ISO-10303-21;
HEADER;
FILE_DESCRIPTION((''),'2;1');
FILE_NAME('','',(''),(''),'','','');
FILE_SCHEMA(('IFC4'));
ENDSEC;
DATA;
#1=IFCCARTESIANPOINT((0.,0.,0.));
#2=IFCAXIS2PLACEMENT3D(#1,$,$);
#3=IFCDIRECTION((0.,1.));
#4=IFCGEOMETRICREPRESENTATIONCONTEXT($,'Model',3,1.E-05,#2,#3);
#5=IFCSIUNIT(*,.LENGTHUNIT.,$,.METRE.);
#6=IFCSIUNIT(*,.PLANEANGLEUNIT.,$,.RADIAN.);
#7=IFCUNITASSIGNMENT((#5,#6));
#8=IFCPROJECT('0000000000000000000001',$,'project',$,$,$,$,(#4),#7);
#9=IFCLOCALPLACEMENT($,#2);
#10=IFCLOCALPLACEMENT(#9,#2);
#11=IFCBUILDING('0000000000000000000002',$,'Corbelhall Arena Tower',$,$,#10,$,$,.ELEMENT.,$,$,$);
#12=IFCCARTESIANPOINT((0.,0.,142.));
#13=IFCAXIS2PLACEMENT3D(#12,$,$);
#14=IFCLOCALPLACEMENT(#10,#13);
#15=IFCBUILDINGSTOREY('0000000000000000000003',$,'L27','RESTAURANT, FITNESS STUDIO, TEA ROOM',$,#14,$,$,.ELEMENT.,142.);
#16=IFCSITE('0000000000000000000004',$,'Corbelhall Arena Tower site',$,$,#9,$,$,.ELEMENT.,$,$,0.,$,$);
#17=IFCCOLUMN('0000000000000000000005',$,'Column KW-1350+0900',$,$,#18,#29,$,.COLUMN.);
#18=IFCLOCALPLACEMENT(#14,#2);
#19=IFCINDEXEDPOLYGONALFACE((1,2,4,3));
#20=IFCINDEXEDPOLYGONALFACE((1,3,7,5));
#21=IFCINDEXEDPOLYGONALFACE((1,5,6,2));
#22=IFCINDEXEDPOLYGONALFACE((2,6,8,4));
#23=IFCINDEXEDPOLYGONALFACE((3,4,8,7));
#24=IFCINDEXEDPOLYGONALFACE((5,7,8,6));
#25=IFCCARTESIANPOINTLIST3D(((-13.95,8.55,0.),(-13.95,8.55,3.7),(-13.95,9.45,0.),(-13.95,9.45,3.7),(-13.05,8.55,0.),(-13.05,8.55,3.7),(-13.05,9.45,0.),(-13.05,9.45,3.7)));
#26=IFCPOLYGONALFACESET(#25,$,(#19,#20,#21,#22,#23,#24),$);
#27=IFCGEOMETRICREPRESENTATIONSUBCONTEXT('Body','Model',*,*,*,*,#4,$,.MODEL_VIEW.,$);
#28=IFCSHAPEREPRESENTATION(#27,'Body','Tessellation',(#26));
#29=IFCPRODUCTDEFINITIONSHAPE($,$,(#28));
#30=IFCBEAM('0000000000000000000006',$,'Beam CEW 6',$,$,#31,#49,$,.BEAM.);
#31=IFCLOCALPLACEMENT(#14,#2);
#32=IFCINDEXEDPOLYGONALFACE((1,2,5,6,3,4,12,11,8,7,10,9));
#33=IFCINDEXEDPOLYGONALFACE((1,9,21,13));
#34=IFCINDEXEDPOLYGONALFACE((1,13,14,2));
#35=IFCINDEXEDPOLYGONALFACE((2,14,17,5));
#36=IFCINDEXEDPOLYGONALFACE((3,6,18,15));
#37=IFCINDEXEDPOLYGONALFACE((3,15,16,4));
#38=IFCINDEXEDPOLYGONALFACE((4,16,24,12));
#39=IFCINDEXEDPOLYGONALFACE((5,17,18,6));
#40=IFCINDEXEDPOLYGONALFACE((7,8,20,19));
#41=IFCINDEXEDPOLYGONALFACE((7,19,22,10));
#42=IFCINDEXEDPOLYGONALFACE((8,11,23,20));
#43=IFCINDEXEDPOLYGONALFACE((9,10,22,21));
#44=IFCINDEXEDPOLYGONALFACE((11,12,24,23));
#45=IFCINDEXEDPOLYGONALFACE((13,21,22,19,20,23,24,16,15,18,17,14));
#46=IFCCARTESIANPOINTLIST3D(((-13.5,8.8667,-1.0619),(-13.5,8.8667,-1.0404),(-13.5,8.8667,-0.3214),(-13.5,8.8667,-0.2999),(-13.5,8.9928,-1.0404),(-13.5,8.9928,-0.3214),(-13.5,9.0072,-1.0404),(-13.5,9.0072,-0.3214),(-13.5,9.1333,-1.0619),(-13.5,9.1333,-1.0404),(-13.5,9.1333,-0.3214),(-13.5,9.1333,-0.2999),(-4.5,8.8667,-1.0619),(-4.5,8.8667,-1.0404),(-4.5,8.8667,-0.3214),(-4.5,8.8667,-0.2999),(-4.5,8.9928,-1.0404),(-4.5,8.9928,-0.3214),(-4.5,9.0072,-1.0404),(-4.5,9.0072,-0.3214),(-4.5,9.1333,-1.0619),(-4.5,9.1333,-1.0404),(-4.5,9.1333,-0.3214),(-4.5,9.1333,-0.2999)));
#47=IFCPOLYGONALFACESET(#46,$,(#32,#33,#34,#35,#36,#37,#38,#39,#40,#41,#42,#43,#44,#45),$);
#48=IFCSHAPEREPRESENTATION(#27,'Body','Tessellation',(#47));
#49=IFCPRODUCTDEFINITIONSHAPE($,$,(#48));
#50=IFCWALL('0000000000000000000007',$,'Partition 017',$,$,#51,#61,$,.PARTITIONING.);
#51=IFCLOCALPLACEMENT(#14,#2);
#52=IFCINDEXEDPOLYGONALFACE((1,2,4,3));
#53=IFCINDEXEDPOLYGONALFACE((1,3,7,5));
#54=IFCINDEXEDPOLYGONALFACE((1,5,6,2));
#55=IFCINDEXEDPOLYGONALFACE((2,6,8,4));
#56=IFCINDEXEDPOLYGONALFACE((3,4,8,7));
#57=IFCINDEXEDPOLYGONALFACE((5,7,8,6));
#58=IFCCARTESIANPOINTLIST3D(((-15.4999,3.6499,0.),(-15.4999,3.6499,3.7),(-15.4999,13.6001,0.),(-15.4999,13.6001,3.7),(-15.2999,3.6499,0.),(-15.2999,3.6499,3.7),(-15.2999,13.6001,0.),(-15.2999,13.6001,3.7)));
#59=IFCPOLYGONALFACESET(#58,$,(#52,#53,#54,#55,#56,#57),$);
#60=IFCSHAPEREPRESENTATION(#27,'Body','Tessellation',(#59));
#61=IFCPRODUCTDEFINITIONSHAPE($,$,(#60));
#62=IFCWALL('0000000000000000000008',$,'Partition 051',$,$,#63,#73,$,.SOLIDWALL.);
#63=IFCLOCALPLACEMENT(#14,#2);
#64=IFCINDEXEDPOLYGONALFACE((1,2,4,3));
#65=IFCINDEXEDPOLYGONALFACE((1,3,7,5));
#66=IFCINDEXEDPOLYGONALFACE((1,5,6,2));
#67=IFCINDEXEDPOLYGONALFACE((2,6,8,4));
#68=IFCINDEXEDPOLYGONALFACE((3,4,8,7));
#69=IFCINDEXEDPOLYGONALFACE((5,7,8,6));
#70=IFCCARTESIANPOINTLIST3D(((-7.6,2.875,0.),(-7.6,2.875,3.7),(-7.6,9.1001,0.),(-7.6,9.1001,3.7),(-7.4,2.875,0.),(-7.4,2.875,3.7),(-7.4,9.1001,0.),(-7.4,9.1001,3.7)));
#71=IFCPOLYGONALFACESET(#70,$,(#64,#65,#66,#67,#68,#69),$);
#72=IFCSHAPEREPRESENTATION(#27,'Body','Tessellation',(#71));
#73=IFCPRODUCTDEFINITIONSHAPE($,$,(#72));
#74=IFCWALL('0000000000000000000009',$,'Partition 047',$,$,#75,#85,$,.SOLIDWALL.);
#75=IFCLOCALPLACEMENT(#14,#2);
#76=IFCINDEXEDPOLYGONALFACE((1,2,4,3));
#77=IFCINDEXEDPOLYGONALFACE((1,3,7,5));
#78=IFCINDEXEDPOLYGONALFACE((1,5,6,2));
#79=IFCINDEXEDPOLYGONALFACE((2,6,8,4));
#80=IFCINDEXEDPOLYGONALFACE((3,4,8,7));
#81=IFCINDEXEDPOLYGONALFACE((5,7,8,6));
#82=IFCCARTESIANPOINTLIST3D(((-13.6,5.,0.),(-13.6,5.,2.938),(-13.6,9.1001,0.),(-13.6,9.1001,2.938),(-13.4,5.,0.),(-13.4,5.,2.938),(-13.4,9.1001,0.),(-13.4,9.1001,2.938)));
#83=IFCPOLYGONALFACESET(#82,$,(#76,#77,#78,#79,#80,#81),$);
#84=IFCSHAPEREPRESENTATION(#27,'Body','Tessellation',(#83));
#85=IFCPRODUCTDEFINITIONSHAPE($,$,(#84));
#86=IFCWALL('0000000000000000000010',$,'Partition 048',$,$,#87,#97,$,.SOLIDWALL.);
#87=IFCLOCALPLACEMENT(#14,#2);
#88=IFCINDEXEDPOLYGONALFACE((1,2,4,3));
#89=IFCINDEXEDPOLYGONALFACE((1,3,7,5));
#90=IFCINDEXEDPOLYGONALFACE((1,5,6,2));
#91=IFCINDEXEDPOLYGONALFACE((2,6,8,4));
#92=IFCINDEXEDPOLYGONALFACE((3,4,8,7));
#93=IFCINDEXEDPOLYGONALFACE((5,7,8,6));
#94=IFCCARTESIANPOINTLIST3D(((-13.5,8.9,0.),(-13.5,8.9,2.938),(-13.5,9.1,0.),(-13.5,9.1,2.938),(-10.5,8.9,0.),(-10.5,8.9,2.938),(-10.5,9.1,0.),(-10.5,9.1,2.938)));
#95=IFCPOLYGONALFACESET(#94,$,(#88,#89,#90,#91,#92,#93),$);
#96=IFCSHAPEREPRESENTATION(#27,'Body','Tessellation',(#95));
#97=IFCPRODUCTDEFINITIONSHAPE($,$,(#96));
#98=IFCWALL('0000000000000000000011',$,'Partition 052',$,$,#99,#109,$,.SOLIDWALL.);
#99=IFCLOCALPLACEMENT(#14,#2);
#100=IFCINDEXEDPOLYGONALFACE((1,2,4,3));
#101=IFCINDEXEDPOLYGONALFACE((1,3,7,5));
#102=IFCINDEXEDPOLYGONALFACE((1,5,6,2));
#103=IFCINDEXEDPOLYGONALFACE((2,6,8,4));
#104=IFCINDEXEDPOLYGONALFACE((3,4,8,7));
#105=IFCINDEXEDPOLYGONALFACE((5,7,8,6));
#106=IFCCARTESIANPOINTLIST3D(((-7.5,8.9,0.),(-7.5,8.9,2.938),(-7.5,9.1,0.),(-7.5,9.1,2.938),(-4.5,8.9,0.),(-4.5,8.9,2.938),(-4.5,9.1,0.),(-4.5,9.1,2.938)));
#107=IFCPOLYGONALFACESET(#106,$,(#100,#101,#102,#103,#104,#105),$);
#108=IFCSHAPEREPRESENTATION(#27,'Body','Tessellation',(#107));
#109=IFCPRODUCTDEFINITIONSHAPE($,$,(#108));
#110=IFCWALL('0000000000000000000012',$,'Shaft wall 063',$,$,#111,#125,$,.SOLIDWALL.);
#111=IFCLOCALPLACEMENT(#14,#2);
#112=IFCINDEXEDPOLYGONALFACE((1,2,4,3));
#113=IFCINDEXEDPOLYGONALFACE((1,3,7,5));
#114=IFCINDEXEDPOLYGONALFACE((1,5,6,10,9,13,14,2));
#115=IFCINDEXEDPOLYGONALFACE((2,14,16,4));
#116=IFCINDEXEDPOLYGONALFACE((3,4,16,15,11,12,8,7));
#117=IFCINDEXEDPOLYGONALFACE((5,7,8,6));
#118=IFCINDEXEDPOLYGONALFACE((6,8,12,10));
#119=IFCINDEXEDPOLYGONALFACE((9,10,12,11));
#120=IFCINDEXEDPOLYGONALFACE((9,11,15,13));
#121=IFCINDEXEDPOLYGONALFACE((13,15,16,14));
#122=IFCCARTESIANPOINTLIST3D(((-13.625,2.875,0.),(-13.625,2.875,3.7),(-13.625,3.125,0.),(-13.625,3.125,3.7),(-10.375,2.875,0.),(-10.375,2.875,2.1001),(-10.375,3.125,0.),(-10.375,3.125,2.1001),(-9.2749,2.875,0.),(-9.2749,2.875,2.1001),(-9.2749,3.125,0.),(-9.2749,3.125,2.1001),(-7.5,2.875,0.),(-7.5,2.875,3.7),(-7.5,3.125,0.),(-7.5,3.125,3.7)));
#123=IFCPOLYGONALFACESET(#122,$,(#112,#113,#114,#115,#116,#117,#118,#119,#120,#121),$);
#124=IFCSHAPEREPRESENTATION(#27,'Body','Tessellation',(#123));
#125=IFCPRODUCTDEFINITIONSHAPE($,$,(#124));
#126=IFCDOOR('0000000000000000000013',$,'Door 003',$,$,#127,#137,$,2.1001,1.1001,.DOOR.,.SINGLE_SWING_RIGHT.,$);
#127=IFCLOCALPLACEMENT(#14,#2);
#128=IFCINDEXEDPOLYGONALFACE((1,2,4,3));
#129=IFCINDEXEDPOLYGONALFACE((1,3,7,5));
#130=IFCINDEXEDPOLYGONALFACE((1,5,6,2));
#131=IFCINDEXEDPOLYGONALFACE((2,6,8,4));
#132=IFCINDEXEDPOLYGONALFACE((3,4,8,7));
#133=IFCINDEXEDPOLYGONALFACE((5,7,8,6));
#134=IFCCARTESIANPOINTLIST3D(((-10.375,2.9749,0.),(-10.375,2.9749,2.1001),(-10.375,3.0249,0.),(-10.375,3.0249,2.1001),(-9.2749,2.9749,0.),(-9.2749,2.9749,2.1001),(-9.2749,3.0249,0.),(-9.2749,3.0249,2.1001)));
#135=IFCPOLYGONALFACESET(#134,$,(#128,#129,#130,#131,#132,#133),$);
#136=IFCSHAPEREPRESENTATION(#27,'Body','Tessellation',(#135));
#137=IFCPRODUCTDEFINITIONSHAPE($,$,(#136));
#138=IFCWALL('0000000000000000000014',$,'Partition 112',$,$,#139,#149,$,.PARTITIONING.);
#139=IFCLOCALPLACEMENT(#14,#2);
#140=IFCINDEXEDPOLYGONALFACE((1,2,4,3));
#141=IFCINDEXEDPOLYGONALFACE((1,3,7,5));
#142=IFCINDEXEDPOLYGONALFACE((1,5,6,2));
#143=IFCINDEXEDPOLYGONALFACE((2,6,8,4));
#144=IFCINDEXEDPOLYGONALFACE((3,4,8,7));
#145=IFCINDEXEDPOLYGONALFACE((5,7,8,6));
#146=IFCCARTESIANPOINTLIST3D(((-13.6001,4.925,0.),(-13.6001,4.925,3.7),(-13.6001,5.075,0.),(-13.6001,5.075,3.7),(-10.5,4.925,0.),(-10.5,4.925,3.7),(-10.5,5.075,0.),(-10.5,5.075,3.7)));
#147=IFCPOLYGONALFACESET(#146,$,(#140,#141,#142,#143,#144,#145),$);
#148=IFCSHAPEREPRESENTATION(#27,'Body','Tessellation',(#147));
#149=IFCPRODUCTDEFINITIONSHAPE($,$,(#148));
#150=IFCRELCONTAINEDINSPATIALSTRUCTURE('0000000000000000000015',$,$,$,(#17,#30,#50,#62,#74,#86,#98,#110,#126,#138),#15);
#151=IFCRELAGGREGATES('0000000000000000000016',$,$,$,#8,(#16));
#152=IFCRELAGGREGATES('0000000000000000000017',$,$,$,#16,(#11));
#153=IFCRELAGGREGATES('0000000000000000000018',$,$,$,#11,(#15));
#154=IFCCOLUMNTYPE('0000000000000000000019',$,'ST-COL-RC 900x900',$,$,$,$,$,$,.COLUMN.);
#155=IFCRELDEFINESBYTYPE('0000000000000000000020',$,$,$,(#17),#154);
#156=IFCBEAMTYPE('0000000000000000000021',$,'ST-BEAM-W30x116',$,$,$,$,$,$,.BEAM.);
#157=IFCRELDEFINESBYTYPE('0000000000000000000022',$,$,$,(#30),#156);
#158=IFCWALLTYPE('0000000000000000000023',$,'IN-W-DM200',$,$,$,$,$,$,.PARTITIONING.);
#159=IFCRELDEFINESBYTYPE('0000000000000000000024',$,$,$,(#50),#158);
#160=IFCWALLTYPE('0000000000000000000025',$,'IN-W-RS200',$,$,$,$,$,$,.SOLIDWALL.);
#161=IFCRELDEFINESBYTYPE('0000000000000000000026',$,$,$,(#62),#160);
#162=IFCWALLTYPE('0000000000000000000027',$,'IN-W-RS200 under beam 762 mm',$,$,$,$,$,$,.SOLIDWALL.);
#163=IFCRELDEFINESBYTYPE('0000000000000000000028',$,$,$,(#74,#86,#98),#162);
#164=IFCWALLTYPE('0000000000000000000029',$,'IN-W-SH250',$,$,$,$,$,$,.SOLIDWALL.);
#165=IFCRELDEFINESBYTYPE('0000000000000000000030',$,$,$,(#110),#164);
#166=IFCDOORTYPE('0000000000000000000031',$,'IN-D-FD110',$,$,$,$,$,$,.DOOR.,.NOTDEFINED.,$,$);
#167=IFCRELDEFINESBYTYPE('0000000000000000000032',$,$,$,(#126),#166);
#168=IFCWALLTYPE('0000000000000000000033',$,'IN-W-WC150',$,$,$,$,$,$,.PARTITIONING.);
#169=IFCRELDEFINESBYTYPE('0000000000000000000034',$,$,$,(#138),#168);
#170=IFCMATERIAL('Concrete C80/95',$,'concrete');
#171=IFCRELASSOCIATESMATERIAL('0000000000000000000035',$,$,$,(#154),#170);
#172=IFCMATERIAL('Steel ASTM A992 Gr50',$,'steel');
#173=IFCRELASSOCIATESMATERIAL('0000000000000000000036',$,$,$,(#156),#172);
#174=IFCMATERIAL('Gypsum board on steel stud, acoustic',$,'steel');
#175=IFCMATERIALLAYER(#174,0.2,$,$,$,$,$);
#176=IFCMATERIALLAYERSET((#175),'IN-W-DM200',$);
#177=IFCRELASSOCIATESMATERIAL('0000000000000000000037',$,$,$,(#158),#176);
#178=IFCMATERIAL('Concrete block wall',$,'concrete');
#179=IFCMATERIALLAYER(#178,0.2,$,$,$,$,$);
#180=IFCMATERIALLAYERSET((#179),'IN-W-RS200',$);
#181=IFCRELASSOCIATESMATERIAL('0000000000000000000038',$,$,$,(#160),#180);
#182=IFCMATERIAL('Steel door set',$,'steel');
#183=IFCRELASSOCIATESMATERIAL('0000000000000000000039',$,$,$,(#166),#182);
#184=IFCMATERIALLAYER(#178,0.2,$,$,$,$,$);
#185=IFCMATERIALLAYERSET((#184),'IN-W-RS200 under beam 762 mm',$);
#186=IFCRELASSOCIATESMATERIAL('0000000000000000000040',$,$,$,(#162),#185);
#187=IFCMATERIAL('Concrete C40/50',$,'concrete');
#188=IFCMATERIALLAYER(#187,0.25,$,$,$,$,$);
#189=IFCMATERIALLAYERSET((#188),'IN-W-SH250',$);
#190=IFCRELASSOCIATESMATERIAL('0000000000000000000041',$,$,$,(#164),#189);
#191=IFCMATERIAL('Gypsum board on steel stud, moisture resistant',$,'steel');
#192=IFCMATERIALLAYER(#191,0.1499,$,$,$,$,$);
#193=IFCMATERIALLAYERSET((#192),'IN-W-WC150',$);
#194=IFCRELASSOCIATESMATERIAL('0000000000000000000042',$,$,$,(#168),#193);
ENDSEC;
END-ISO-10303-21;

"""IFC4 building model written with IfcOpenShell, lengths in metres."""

from ifc_helpers import new_model, si_unit, direction, frame, frame_2d, origin, origin_2d, place, context, subcontext, project, spatial, rectangle, i_section, extrude, material, layer, layer_set, material_profile, profile_set, type_object, element, fill, save


model = new_model("IFC4")

# Units and contexts
model_context = context("Model", 3, precision=1e-05, world=origin(), true_north=direction((0.0, 1.0)))
body_context = subcontext(model_context, "Body", "Model", "MODEL_VIEW")
ifc_project = project(units=[si_unit("LENGTHUNIT", "METRE"), si_unit("PLANEANGLEUNIT", "RADIAN")], contexts=[model_context])

# Site, building, storey
site_placement = place(None, origin())
site = spatial("IfcSite", under=ifc_project, at=site_placement, Name="Corbelhall Arena Tower site", CompositionType="ELEMENT", RefElevation=0.0)
building_placement = place(site_placement, origin())
building = spatial("IfcBuilding", under=site, at=building_placement, Name="Corbelhall Arena Tower", CompositionType="ELEMENT")
storey_placement = place(building_placement, frame((0.0, 0.0, 142.0)))
storey = spatial("IfcBuildingStorey", under=building, at=storey_placement, Name="L27", Description="RESTAURANT, FITNESS STUDIO, TEA ROOM", CompositionType="ELEMENT", Elevation=142.0)

# Column
ifc_material_1 = material(Name="Concrete C80/95", Category="concrete")
ifc_material_profile_1 = material_profile(ifc_material_1, rectangle(XDim=0.8999, YDim=0.8999, at=origin_2d()))
ifc_profile_set_1 = profile_set([ifc_material_profile_1], Name="Concrete C80/95")
column_type = type_object("IfcColumnType", Name="ST-COL-RC 900x900", PredefinedType="COLUMN", material=ifc_profile_set_1)
column_placement = place(storey_placement, frame((-13.5, 9.0, 0.0), z_axis=(0.0, 0.0, 1.0), x_axis=(1.0, 0.0, 0.0)))
element("IfcColumn", 1, at=column_placement, inside=storey, type_object=column_type, Name="Column KW-1350+0900", PredefinedType="COLUMN", context=body_context, shape_type="SweptSolid", body=[
    extrude(rectangle(XDim=0.8999, YDim=0.8999, at=origin_2d()), origin(), (0.0, 0.0, 1.0), 3.7),
])

# Beam
ifc_material_2 = material(Name="Steel ASTM A992 Gr50", Category="steel")
ifc_material_profile_2 = material_profile(ifc_material_2, i_section(OverallWidth=0.2666, OverallDepth=0.762, WebThickness=0.0144, FlangeThickness=0.0215, at=origin_2d()))
ifc_profile_set_2 = profile_set([ifc_material_profile_2], Name="Steel ASTM A992 Gr50")
beam_type = type_object("IfcBeamType", Name="ST-BEAM-W30x116", PredefinedType="BEAM", material=ifc_profile_set_2)
beam_placement = place(storey_placement, frame((-13.5, 9.0, -0.6809), z_axis=(1.0, 0.0, 0.0), x_axis=(0.0, 1.0, 0.0)))
element("IfcBeam", 2, at=beam_placement, inside=storey, type_object=beam_type, Name="Beam CEW 6", PredefinedType="BEAM", context=body_context, shape_type="SweptSolid", body=[
    extrude(i_section(OverallWidth=0.2666, OverallDepth=0.762, WebThickness=0.0144, FlangeThickness=0.0215, at=origin_2d()), origin(), (0.0, 0.0, 1.0), 9.0),
])

# Shared definitions
ifc_material_3 = material(Name="Gypsum board on steel stud, acoustic", Category="steel")
ifc_layer_1 = layer(ifc_material_3, 0.2)
ifc_layer_set_1 = layer_set([ifc_layer_1], Name="IN-W-DM200")
wall_type_1 = type_object("IfcWallType", Name="IN-W-DM200", PredefinedType="PARTITIONING", material=ifc_layer_set_1)
ifc_material_4 = material(Name="Steel door set", Category="steel")

# Wall
wall_1_placement = place(storey_placement, frame((-15.3999, 3.6499, 0.0), z_axis=(0.0, 0.0, 1.0), x_axis=(0.0, 1.0, 0.0)))
element("IfcWall", 3, at=wall_1_placement, inside=storey, type_object=wall_type_1, Name="Partition 017", PredefinedType="PARTITIONING", context=body_context, shape_type="SweptSolid", body=[
    extrude(rectangle(XDim=9.9502, YDim=0.2, at=frame_2d((4.9751, 0.0))), origin(), (0.0, 0.0, 1.0), 3.7),
])

# Shared definitions
ifc_material_5 = material(Name="Concrete block wall", Category="concrete")
ifc_layer_2 = layer(ifc_material_5, 0.2)
ifc_layer_set_2 = layer_set([ifc_layer_2], Name="IN-W-RS200")
wall_type_2 = type_object("IfcWallType", Name="IN-W-RS200", PredefinedType="SOLIDWALL", material=ifc_layer_set_2)
door_type_1 = type_object("IfcDoorType", Name="IN-D-FD110", OperationType="NOTDEFINED", PredefinedType="DOOR", material=ifc_material_4)

# Walls
wall_2_placement = place(storey_placement, frame((-7.5, 2.875, 0.0), z_axis=(0.0, 0.0, 1.0), x_axis=(0.0, 1.0, 0.0)))
element("IfcWall", 4, at=wall_2_placement, inside=storey, type_object=wall_type_2, Name="Partition 051", PredefinedType="SOLIDWALL", context=body_context, shape_type="SweptSolid", body=[
    extrude(rectangle(XDim=6.2251, YDim=0.2, at=frame_2d((3.1125, 0.0))), origin(), (0.0, 0.0, 1.0), 3.7),
])
ifc_layer_3 = layer(ifc_material_5, 0.2)
ifc_layer_set_3 = layer_set([ifc_layer_3], Name="IN-W-RS200 under beam 762 mm")
wall_type_3 = type_object("IfcWallType", Name="IN-W-RS200 under beam 762 mm", PredefinedType="SOLIDWALL", material=ifc_layer_set_3)
wall_3_placement = place(storey_placement, frame((-13.5, 5.0, 0.0), z_axis=(0.0, 0.0, 1.0), x_axis=(0.0, 1.0, 0.0)))
element("IfcWall", 5, at=wall_3_placement, inside=storey, type_object=wall_type_3, Name="Partition 047", PredefinedType="SOLIDWALL", context=body_context, shape_type="SweptSolid", body=[
    extrude(rectangle(XDim=4.1001, YDim=0.2, at=frame_2d((2.05, 0.0))), origin(), (0.0, 0.0, 1.0), 2.938),
])
for number, where, z_axis, x_axis, name in (
    (6, (-13.5, 9.0, 0.0), (0.0, 0.0, 1.0), (1.0, 0.0, 0.0), "Partition 048"),
    (7, (-7.5, 9.0, 0.0), (0.0, 0.0, 1.0), (1.0, 0.0, 0.0), "Partition 052"),
):
    element("IfcWall", number, at=place(storey_placement, frame(where, z_axis=z_axis, x_axis=x_axis)), inside=storey, type_object=wall_type_3, Name=name, PredefinedType="SOLIDWALL", context=body_context, shape_type="SweptSolid", body=[
        extrude(rectangle(XDim=3.0, YDim=0.2, at=frame_2d((1.5, 0.0))), origin(), (0.0, 0.0, 1.0), 2.938),
    ])

# Wall, opening, door
ifc_material_6 = material(Name="Concrete C40/50", Category="concrete")
ifc_layer_4 = layer(ifc_material_6, 0.25)
ifc_layer_set_4 = layer_set([ifc_layer_4], Name="IN-W-SH250")
wall_type_4 = type_object("IfcWallType", Name="IN-W-SH250", PredefinedType="SOLIDWALL", material=ifc_layer_set_4)
wall_4_placement = place(storey_placement, frame((-13.625, 3.0, 0.0), z_axis=(0.0, 0.0, 1.0), x_axis=(1.0, 0.0, 0.0)))
wall_4 = element("IfcWall", 8, at=wall_4_placement, inside=storey, type_object=wall_type_4, Name="Shaft wall 063", PredefinedType="SOLIDWALL", context=body_context, shape_type="SweptSolid", body=[
    extrude(rectangle(XDim=6.125, YDim=0.25, at=frame_2d((3.0625, 0.0))), origin(), (0.0, 0.0, 1.0), 3.7),
])
opening_1_placement = place(wall_4_placement, frame((3.25, 0.0, 0.0)))
opening_1 = element("IfcOpeningElement", 9, at=opening_1_placement, cuts=wall_4, PredefinedType="OPENING", context=body_context, shape_type="SweptSolid", body=[
    extrude(rectangle(XDim=1.1001, YDim=2.1001, at=frame_2d((0.55, 1.05))), frame((0.0, 0.125, 0.0), z_axis=(0.0, -1.0, 0.0), x_axis=(1.0, 0.0, 0.0)), (0.0, 0.0, 1.0), 0.25),
])
door_1_placement = place(opening_1_placement, origin())
door_1 = element("IfcDoor", 10, at=door_1_placement, inside=storey, type_object=door_type_1, Name="Door 003", OperationType="SINGLE_SWING_RIGHT", OverallHeight=2.1001, OverallWidth=1.1001, PredefinedType="DOOR", context=body_context, shape_type="SweptSolid", body=[
    extrude(rectangle(XDim=1.1001, YDim=2.1001, at=frame_2d((0.55, 1.05))), frame((0.0, 0.0249, 0.0), z_axis=(0.0, -1.0, 0.0), x_axis=(1.0, 0.0, 0.0)), (0.0, 0.0, 1.0), 0.05),
])
fill(opening_1, door_1)

# Wall
ifc_material_7 = material(Name="Gypsum board on steel stud, moisture resistant", Category="steel")
ifc_layer_5 = layer(ifc_material_7, 0.1499)
ifc_layer_set_5 = layer_set([ifc_layer_5], Name="IN-W-WC150")
wall_type_5 = type_object("IfcWallType", Name="IN-W-WC150", PredefinedType="PARTITIONING", material=ifc_layer_set_5)
wall_5_placement = place(storey_placement, frame((-13.6001, 5.0, 0.0), z_axis=(0.0, 0.0, 1.0), x_axis=(1.0, 0.0, 0.0)))
element("IfcWall", 11, at=wall_5_placement, inside=storey, type_object=wall_type_5, Name="Partition 112", PredefinedType="PARTITIONING", context=body_context, shape_type="SweptSolid", body=[
    extrude(rectangle(XDim=3.1001, YDim=0.1499, at=frame_2d((1.55, 0.0))), origin(), (0.0, 0.0, 1.0), 3.7),
])

save(model, "model.ifc")
